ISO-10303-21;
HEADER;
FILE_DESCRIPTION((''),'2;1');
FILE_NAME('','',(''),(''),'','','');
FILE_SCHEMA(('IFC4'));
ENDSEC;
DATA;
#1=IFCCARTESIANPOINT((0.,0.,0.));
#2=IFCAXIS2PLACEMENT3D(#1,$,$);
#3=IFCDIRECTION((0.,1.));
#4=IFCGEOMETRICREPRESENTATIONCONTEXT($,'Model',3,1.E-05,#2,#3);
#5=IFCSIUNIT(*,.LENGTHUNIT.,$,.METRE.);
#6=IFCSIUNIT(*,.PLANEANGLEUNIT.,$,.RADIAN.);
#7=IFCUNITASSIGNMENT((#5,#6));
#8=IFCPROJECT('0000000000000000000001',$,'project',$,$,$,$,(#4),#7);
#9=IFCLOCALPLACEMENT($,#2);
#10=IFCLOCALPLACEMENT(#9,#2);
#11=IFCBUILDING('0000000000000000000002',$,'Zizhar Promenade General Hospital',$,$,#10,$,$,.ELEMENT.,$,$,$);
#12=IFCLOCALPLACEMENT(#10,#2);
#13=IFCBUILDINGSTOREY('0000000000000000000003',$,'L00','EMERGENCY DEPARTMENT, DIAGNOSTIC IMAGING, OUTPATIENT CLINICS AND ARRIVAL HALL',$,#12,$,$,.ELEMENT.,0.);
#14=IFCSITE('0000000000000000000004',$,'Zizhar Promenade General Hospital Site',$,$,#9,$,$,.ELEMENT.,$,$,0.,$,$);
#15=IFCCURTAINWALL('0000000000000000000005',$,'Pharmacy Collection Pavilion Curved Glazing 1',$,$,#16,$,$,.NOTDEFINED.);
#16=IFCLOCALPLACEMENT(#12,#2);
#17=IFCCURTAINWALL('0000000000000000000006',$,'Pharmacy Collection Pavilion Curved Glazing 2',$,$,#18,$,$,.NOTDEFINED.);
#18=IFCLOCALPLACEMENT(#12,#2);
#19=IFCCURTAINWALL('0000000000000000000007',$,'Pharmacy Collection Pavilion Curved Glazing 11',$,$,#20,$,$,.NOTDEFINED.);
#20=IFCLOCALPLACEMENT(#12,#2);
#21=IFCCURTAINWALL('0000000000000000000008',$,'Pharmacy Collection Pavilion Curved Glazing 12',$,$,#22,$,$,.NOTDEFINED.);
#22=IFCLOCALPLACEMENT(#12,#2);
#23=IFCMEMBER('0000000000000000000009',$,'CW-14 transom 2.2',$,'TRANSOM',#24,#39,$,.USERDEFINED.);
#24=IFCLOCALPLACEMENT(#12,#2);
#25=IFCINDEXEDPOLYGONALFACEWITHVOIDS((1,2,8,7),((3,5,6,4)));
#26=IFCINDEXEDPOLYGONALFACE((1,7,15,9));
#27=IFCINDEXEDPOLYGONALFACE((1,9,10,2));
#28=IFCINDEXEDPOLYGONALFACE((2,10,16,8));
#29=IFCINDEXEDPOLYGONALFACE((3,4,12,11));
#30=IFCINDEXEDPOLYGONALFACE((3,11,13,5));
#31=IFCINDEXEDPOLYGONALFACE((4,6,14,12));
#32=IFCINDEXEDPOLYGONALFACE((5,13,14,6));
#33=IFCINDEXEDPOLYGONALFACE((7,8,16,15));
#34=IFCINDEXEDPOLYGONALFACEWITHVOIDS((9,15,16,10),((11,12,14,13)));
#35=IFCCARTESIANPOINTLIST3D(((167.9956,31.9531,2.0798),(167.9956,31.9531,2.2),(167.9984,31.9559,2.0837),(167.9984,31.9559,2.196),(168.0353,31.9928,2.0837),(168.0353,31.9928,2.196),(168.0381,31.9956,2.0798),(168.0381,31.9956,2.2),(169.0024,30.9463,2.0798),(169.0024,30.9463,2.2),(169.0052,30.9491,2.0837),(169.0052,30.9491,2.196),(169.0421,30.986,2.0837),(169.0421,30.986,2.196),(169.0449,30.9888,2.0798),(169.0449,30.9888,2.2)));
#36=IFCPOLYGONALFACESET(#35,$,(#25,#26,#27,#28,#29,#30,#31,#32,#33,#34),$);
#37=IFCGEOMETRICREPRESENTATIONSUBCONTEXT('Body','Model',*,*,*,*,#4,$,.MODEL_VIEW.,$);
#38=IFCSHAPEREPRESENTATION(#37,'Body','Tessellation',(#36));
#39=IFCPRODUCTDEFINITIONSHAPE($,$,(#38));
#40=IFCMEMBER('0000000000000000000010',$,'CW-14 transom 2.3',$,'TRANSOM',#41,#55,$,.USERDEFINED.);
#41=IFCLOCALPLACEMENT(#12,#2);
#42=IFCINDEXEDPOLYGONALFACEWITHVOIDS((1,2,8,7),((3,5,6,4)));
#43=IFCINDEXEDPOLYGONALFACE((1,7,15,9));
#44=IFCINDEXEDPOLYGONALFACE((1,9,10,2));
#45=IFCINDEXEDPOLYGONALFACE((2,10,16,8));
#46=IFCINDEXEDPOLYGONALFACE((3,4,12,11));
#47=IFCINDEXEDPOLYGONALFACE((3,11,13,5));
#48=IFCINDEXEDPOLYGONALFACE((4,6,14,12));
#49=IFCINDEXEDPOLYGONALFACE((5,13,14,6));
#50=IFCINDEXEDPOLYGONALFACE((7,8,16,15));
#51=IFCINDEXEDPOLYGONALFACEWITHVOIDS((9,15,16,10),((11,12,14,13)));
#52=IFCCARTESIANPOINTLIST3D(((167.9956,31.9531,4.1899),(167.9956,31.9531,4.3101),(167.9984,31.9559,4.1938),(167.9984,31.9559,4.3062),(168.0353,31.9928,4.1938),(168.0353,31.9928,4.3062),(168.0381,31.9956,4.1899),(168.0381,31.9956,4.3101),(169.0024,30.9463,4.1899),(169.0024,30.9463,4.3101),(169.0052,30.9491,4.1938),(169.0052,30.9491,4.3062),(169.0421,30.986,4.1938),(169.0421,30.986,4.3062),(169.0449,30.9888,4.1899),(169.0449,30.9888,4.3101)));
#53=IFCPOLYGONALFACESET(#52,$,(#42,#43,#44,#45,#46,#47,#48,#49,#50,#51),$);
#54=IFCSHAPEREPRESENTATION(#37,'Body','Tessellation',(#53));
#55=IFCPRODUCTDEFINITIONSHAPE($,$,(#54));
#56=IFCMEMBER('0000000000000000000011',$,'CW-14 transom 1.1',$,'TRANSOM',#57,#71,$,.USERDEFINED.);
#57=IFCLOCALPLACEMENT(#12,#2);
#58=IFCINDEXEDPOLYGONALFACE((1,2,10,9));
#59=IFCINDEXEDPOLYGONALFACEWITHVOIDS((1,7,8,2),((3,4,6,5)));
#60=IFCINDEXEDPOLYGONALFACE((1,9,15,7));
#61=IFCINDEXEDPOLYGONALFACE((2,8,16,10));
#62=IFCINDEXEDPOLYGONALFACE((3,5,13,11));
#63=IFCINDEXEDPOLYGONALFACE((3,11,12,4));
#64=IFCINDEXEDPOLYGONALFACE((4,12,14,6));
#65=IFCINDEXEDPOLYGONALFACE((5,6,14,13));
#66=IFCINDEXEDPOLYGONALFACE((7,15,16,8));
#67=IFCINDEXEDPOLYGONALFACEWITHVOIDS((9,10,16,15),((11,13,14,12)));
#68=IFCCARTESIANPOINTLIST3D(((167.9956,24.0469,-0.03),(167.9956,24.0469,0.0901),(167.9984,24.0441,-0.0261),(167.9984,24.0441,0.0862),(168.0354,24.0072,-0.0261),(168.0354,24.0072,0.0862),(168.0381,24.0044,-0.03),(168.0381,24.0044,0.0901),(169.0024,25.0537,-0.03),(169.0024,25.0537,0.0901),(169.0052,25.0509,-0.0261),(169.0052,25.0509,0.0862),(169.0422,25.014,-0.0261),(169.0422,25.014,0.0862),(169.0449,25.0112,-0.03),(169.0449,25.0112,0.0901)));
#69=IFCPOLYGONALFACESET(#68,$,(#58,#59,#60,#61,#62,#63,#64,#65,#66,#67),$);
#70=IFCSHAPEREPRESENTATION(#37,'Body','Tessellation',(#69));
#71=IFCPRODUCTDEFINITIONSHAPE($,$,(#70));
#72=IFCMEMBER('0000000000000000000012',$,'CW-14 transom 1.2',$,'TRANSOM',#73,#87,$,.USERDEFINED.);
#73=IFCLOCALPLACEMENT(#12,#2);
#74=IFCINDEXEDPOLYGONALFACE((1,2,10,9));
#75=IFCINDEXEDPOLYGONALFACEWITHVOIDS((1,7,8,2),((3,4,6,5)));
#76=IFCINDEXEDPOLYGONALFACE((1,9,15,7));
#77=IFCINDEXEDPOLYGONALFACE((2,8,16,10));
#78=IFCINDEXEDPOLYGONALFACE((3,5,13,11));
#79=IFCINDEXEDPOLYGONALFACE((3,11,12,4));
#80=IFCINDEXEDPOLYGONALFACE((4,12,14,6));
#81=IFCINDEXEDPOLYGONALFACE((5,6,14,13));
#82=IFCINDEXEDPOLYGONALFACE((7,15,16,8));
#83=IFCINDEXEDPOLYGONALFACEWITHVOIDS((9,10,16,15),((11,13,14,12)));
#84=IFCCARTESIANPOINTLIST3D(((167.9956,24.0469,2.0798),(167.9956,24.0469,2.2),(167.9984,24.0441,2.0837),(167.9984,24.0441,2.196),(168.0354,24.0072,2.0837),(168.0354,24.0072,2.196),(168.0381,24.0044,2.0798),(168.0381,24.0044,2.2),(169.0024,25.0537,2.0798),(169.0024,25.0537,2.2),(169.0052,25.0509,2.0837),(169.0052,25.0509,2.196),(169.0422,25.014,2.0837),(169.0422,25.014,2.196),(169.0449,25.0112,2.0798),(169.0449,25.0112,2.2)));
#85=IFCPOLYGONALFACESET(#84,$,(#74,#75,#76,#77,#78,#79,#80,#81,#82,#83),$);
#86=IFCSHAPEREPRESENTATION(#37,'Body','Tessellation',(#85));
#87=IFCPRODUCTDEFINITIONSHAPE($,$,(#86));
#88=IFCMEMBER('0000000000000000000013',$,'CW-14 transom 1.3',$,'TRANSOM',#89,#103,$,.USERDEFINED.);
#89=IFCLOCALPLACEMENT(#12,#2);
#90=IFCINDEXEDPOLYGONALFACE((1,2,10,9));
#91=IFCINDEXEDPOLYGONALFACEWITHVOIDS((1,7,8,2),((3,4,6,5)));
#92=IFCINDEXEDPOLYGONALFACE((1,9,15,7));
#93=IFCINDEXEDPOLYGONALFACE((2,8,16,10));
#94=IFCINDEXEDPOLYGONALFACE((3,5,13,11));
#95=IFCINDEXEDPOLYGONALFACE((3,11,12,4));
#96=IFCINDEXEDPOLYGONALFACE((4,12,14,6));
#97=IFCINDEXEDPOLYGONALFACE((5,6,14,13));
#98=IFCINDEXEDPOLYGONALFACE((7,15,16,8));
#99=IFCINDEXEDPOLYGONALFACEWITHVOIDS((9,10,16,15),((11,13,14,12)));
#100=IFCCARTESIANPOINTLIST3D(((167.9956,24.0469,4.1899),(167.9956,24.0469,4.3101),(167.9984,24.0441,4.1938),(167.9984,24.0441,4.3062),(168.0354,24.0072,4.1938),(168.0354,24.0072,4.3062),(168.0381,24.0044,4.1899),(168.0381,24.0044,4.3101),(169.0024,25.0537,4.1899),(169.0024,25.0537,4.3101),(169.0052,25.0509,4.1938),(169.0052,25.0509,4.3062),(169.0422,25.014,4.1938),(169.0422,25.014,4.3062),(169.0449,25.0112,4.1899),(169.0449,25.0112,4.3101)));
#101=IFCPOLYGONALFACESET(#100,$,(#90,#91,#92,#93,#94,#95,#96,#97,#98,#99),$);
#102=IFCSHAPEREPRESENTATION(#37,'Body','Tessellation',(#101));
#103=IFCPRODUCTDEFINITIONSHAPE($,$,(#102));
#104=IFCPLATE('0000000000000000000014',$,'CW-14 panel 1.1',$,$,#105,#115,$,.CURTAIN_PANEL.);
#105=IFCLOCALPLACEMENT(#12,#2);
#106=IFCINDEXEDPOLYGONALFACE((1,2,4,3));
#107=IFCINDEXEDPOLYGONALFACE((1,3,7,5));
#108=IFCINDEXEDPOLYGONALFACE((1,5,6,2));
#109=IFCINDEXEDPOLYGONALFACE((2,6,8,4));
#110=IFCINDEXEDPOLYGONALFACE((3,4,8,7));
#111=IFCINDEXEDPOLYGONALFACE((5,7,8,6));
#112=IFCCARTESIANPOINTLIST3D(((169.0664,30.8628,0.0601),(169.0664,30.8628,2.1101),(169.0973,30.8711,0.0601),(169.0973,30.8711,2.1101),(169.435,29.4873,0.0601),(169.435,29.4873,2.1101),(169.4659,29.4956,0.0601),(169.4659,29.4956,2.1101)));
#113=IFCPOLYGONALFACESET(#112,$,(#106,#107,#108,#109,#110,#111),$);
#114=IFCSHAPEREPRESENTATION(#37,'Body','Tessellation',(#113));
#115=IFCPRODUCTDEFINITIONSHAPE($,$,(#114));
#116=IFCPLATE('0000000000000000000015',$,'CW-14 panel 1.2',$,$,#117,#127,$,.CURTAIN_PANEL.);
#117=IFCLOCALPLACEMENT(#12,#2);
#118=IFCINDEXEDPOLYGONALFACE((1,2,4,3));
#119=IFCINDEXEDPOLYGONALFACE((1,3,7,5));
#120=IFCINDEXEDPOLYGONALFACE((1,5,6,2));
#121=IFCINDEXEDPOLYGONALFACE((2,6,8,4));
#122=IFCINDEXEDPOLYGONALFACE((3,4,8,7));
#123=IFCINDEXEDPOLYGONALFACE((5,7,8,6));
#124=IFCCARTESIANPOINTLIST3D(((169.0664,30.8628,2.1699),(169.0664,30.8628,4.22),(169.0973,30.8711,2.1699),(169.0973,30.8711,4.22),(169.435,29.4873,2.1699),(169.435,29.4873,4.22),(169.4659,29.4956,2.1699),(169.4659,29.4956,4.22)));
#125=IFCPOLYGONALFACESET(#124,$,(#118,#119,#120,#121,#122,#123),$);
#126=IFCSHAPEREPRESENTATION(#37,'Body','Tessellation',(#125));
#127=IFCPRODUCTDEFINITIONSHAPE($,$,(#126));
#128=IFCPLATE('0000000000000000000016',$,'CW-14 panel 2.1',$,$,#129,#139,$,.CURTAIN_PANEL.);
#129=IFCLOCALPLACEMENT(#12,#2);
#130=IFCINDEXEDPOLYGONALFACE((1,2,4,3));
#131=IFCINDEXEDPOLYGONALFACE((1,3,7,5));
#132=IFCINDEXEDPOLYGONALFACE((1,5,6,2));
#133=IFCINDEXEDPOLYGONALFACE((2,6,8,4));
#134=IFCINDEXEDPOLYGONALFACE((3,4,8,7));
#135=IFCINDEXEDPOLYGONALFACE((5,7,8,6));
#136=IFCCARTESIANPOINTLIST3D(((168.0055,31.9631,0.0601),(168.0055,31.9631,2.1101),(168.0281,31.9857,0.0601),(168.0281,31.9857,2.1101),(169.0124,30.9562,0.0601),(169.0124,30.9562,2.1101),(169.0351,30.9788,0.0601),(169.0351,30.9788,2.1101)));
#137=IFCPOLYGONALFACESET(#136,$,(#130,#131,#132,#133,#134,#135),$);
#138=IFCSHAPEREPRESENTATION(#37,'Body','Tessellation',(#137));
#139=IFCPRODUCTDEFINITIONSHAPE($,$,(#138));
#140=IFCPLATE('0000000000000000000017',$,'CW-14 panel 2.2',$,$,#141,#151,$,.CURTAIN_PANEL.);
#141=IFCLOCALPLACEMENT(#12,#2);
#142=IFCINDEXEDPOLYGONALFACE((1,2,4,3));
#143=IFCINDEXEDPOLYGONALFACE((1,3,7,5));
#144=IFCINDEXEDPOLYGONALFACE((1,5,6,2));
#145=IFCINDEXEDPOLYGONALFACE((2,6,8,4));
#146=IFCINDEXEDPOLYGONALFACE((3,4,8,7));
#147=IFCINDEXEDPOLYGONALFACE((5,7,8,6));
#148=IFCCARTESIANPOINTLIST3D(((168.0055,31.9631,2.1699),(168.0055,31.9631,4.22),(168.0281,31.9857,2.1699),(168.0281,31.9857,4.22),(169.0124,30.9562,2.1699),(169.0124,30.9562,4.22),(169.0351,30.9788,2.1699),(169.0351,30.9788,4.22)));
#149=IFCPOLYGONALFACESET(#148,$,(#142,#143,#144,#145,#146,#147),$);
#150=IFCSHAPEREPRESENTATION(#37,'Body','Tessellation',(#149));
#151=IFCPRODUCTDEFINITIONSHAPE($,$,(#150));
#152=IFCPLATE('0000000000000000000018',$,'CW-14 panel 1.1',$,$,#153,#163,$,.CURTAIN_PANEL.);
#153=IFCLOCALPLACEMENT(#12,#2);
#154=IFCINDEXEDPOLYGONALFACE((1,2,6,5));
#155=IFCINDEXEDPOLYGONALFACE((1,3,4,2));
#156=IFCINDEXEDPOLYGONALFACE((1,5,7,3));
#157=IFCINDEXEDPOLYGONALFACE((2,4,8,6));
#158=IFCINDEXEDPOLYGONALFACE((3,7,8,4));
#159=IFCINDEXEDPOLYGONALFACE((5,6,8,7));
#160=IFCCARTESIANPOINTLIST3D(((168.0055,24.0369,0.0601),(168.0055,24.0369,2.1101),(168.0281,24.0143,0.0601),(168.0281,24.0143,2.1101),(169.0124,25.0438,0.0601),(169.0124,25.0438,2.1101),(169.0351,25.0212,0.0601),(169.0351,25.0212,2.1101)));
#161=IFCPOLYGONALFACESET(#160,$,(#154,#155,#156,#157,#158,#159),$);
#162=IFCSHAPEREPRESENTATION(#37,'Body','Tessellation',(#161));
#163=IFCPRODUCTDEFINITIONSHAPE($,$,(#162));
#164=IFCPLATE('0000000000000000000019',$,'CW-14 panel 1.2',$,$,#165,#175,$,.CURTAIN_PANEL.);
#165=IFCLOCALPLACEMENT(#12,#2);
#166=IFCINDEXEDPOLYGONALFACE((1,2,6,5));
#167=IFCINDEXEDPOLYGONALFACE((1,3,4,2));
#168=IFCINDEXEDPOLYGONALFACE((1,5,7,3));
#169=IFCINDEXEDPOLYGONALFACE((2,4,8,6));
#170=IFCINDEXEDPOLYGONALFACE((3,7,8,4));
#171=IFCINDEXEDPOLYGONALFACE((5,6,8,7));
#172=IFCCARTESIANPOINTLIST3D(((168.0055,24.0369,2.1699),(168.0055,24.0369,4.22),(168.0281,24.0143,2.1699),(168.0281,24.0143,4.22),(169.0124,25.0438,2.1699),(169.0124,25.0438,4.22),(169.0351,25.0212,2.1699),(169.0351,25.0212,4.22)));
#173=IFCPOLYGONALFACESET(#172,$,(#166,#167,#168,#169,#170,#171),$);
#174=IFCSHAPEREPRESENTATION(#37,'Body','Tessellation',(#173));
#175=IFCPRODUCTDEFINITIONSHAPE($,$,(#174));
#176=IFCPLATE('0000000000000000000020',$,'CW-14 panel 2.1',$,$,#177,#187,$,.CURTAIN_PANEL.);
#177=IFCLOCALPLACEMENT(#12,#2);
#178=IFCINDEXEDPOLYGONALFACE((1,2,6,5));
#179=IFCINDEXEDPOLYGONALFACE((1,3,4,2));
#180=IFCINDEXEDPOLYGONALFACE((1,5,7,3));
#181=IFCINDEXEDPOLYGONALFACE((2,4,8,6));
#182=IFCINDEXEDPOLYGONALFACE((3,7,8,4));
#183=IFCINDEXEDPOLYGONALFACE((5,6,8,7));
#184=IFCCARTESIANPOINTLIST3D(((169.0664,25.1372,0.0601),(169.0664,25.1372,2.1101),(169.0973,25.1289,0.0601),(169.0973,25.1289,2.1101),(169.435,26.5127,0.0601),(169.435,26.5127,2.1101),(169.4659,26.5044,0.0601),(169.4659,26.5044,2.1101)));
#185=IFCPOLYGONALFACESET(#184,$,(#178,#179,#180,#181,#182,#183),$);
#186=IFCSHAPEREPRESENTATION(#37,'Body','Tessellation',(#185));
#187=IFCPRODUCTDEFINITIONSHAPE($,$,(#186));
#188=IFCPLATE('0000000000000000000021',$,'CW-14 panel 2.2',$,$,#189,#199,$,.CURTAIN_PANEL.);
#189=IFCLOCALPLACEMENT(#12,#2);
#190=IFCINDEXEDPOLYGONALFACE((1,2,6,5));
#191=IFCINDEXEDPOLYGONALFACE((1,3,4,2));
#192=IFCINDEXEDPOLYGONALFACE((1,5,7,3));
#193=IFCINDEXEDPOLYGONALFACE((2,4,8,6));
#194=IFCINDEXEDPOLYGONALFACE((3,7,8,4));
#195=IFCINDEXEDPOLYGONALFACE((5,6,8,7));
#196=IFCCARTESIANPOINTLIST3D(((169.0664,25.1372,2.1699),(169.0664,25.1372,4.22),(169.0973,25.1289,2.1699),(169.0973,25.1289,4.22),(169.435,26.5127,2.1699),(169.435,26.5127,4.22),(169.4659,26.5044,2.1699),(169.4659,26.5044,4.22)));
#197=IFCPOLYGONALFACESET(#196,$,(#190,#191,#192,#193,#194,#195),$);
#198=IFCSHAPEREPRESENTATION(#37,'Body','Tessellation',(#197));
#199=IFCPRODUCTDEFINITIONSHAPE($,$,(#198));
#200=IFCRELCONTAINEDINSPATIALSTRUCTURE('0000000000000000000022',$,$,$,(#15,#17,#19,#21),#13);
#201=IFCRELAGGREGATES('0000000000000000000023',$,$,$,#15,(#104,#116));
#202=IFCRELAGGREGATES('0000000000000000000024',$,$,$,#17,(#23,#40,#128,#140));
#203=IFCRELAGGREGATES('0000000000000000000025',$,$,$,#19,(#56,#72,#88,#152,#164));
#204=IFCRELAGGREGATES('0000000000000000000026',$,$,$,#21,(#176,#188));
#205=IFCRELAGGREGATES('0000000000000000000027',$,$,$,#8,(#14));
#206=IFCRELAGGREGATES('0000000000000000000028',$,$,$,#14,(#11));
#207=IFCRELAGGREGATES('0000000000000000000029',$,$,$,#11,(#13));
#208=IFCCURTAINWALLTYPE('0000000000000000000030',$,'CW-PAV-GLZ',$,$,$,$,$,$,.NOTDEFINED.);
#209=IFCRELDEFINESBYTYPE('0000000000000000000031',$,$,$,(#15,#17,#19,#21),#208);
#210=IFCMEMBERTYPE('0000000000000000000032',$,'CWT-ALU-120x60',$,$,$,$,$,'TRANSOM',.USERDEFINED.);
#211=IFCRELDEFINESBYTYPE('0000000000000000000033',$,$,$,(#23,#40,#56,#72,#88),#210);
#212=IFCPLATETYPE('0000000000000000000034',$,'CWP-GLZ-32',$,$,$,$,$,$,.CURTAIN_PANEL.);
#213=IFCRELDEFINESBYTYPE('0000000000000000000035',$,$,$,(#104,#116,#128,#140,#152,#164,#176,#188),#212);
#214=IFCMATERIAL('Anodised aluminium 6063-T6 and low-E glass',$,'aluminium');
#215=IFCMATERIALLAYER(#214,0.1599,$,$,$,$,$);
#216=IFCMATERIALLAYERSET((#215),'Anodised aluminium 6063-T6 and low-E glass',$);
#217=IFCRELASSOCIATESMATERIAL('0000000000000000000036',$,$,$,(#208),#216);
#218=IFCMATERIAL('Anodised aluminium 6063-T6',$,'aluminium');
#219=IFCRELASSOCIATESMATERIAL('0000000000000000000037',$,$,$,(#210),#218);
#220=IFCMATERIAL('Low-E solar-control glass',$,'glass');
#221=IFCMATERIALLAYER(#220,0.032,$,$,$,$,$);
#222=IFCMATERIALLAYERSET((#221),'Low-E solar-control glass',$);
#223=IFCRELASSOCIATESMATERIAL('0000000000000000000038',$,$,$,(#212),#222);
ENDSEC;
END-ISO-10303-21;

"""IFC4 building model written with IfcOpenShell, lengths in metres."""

from ifc_helpers import new_model, si_unit, direction, frame, origin, origin_2d, place, context, subcontext, project, spatial, rectangle, hollow_rectangle, extrude, material, layer, layer_set, material_profile, profile_set, type_object, element, aggregate, save


model = new_model("IFC4")

# Units and contexts
model_context = context("Model", 3, precision=1e-05, world=origin(), true_north=direction((0.0, 1.0)))
body_context = subcontext(model_context, "Body", "Model", "MODEL_VIEW")
ifc_project = project(units=[si_unit("LENGTHUNIT", "METRE"), si_unit("PLANEANGLEUNIT", "RADIAN")], contexts=[model_context])

# Site, building, storey
site_placement = place(None, origin())
site = spatial("IfcSite", under=ifc_project, at=site_placement, Name="Zizhar Promenade General Hospital Site", CompositionType="ELEMENT", RefElevation=0.0)
building_placement = place(site_placement, origin())
building = spatial("IfcBuilding", under=site, at=building_placement, Name="Zizhar Promenade General Hospital", CompositionType="ELEMENT")
storey_placement = place(building_placement, origin())
storey = spatial("IfcBuildingStorey", under=building, at=storey_placement, Name="L00", Description="EMERGENCY DEPARTMENT, DIAGNOSTIC IMAGING, OUTPATIENT CLINICS AND ARRIVAL HALL", CompositionType="ELEMENT", Elevation=0.0)

# Curtain wall
ifc_material_1 = material(Name="Anodised aluminium 6063-T6 and low-E glass", Category="aluminium")
ifc_layer_1 = layer(ifc_material_1, 0.1599)
ifc_layer_set_1 = layer_set([ifc_layer_1], Name="Anodised aluminium 6063-T6 and low-E glass")
curtain_wall_type = type_object("IfcCurtainWallType", Name="CW-PAV-GLZ", PredefinedType="NOTDEFINED", material=ifc_layer_set_1)
curtain_wall_1_placement = place(storey_placement, origin())
curtain_wall_1 = element("IfcCurtainWall", 1, at=curtain_wall_1_placement, inside=storey, type_object=curtain_wall_type, Name="Pharmacy Collection Pavilion Curved Glazing 1", PredefinedType="NOTDEFINED")

# Curtain walls
curtain_wall_2_placement = place(storey_placement, origin())
curtain_wall_2 = element("IfcCurtainWall", 2, at=curtain_wall_2_placement, inside=storey, type_object=curtain_wall_type, Name="Pharmacy Collection Pavilion Curved Glazing 2", PredefinedType="NOTDEFINED")
curtain_wall_3_placement = place(storey_placement, origin())
curtain_wall_3 = element("IfcCurtainWall", 3, at=curtain_wall_3_placement, inside=storey, type_object=curtain_wall_type, Name="Pharmacy Collection Pavilion Curved Glazing 11", PredefinedType="NOTDEFINED")

# Curtain wall
curtain_wall_4_placement = place(storey_placement, origin())
curtain_wall_4 = element("IfcCurtainWall", 4, at=curtain_wall_4_placement, inside=storey, type_object=curtain_wall_type, Name="Pharmacy Collection Pavilion Curved Glazing 12", PredefinedType="NOTDEFINED")

# Members
ifc_material_2 = material(Name="Anodised aluminium 6063-T6", Category="aluminium")
ifc_material_profile_1 = material_profile(ifc_material_2, hollow_rectangle(XDim=0.0601, YDim=0.1201, WallThickness=0.0039, at=origin_2d()))
ifc_profile_set_1 = profile_set([ifc_material_profile_1], Name="Anodised aluminium 6063-T6")
member_type_1 = type_object("IfcMemberType", Name="CWT-ALU-120x60", ElementType="TRANSOM", PredefinedType="USERDEFINED", material=ifc_profile_set_1)
member_1_placement = place(storey_placement, frame((168.0168, 31.9744, 2.1399), z_axis=(0.707107, -0.707107, 0.0), x_axis=(0.707107, 0.707107, 0.0)))
member_1 = element("IfcMember", 5, at=member_1_placement, type_object=member_type_1, Name="CW-14 transom 2.2", ObjectType="TRANSOM", PredefinedType="USERDEFINED", context=body_context, shape_type="SweptSolid", body=[
    extrude(hollow_rectangle(XDim=0.0601, YDim=0.1201, WallThickness=0.0039, at=origin_2d()), origin(), (0.0, 0.0, 1.0), 1.4238),
])
member_2_placement = place(storey_placement, frame((168.0168, 31.9744, 4.25), z_axis=(0.707107, -0.707107, 0.0), x_axis=(0.707107, 0.707107, 0.0)))
member_2 = element("IfcMember", 6, at=member_2_placement, type_object=member_type_1, Name="CW-14 transom 2.3", ObjectType="TRANSOM", PredefinedType="USERDEFINED", context=body_context, shape_type="SweptSolid", body=[
    extrude(hollow_rectangle(XDim=0.0601, YDim=0.1201, WallThickness=0.0039, at=origin_2d()), origin(), (0.0, 0.0, 1.0), 1.4238),
])
member_3_placement = place(storey_placement, frame((169.0237, 25.0325, 0.03), z_axis=(-0.707107, -0.707107, 0.0), x_axis=(0.707107, -0.707107, 0.0)))
member_3 = element("IfcMember", 7, at=member_3_placement, type_object=member_type_1, Name="CW-14 transom 1.1", ObjectType="TRANSOM", PredefinedType="USERDEFINED", context=body_context, shape_type="SweptSolid", body=[
    extrude(hollow_rectangle(XDim=0.0601, YDim=0.1201, WallThickness=0.0039, at=origin_2d()), origin(), (0.0, 0.0, 1.0), 1.4238),
])
member_4_placement = place(storey_placement, frame((169.0237, 25.0325, 2.1399), z_axis=(-0.707107, -0.707107, 0.0), x_axis=(0.707107, -0.707107, 0.0)))
member_4 = element("IfcMember", 8, at=member_4_placement, type_object=member_type_1, Name="CW-14 transom 1.2", ObjectType="TRANSOM", PredefinedType="USERDEFINED", context=body_context, shape_type="SweptSolid", body=[
    extrude(hollow_rectangle(XDim=0.0601, YDim=0.1201, WallThickness=0.0039, at=origin_2d()), origin(), (0.0, 0.0, 1.0), 1.4238),
])
member_5_placement = place(storey_placement, frame((169.0237, 25.0325, 4.25), z_axis=(-0.707107, -0.707107, 0.0), x_axis=(0.707107, -0.707107, 0.0)))
member_5 = element("IfcMember", 9, at=member_5_placement, type_object=member_type_1, Name="CW-14 transom 1.3", ObjectType="TRANSOM", PredefinedType="USERDEFINED", context=body_context, shape_type="SweptSolid", body=[
    extrude(hollow_rectangle(XDim=0.0601, YDim=0.1201, WallThickness=0.0039, at=origin_2d()), origin(), (0.0, 0.0, 1.0), 1.4238),
])

# Plates
ifc_material_3 = material(Name="Low-E solar-control glass", Category="glass")
ifc_layer_2 = layer(ifc_material_3, 0.032)
ifc_layer_set_2 = layer_set([ifc_layer_2], Name="Low-E solar-control glass")
plate_type = type_object("IfcPlateType", Name="CWP-GLZ-32", PredefinedType="CURTAIN_PANEL", material=ifc_layer_set_2)
plate_1_placement = place(storey_placement, frame((169.2661, 30.1792, 0.0601), z_axis=(0.0, 0.0, 1.0), x_axis=(0.258834, -0.965922, 0.0)))
plate_1 = element("IfcPlate", 10, at=plate_1_placement, type_object=plate_type, Name="CW-14 panel 1.1", PredefinedType="CURTAIN_PANEL", context=body_context, shape_type="SweptSolid", body=[
    extrude(rectangle(XDim=1.4241, YDim=0.032, at=origin_2d()), origin(), (0.0, 0.0, 1.0), 2.05),
])
plate_2_placement = place(storey_placement, frame((169.2661, 30.1792, 2.1699), z_axis=(0.0, 0.0, 1.0), x_axis=(0.258834, -0.965922, 0.0)))
plate_2 = element("IfcPlate", 11, at=plate_2_placement, type_object=plate_type, Name="CW-14 panel 1.2", PredefinedType="CURTAIN_PANEL", context=body_context, shape_type="SweptSolid", body=[
    extrude(rectangle(XDim=1.4241, YDim=0.032, at=origin_2d()), origin(), (0.0, 0.0, 1.0), 2.05),
])
aggregate(curtain_wall_1, [plate_1, plate_2])
plate_3_placement = place(storey_placement, frame((168.5203, 31.4709, 0.0601), z_axis=(0.0, 0.0, 1.0), x_axis=(0.707107, -0.707107, 0.0)))
plate_3 = element("IfcPlate", 12, at=plate_3_placement, type_object=plate_type, Name="CW-14 panel 2.1", PredefinedType="CURTAIN_PANEL", context=body_context, shape_type="SweptSolid", body=[
    extrude(rectangle(XDim=1.4241, YDim=0.032, at=origin_2d()), origin(), (0.0, 0.0, 1.0), 2.05),
])
plate_4_placement = place(storey_placement, frame((168.5203, 31.4709, 2.1699), z_axis=(0.0, 0.0, 1.0), x_axis=(0.707107, -0.707107, 0.0)))
plate_4 = element("IfcPlate", 13, at=plate_4_placement, type_object=plate_type, Name="CW-14 panel 2.2", PredefinedType="CURTAIN_PANEL", context=body_context, shape_type="SweptSolid", body=[
    extrude(rectangle(XDim=1.4241, YDim=0.032, at=origin_2d()), origin(), (0.0, 0.0, 1.0), 2.05),
])
aggregate(curtain_wall_2, [member_1, member_2, plate_3, plate_4])
plate_5_placement = place(storey_placement, frame((168.5203, 24.5291, 0.0601), z_axis=(0.0, 0.0, 1.0), x_axis=(-0.707107, -0.707107, 0.0)))
plate_5 = element("IfcPlate", 14, at=plate_5_placement, type_object=plate_type, Name="CW-14 panel 1.1", PredefinedType="CURTAIN_PANEL", context=body_context, shape_type="SweptSolid", body=[
    extrude(rectangle(XDim=1.4241, YDim=0.032, at=origin_2d()), origin(), (0.0, 0.0, 1.0), 2.05),
])
plate_6_placement = place(storey_placement, frame((168.5203, 24.5291, 2.1699), z_axis=(0.0, 0.0, 1.0), x_axis=(-0.707107, -0.707107, 0.0)))
plate_6 = element("IfcPlate", 15, at=plate_6_placement, type_object=plate_type, Name="CW-14 panel 1.2", PredefinedType="CURTAIN_PANEL", context=body_context, shape_type="SweptSolid", body=[
    extrude(rectangle(XDim=1.4241, YDim=0.032, at=origin_2d()), origin(), (0.0, 0.0, 1.0), 2.05),
])
aggregate(curtain_wall_3, [member_3, member_4, member_5, plate_5, plate_6])
plate_7_placement = place(storey_placement, frame((169.2661, 25.8208, 0.0601), z_axis=(0.0, 0.0, 1.0), x_axis=(-0.258834, -0.965922, 0.0)))
plate_7 = element("IfcPlate", 16, at=plate_7_placement, type_object=plate_type, Name="CW-14 panel 2.1", PredefinedType="CURTAIN_PANEL", context=body_context, shape_type="SweptSolid", body=[
    extrude(rectangle(XDim=1.4241, YDim=0.032, at=origin_2d()), origin(), (0.0, 0.0, 1.0), 2.05),
])
plate_8_placement = place(storey_placement, frame((169.2661, 25.8208, 2.1699), z_axis=(0.0, 0.0, 1.0), x_axis=(-0.258834, -0.965922, 0.0)))
plate_8 = element("IfcPlate", 17, at=plate_8_placement, type_object=plate_type, Name="CW-14 panel 2.2", PredefinedType="CURTAIN_PANEL", context=body_context, shape_type="SweptSolid", body=[
    extrude(rectangle(XDim=1.4241, YDim=0.032, at=origin_2d()), origin(), (0.0, 0.0, 1.0), 2.05),
])
aggregate(curtain_wall_4, [plate_7, plate_8])

save(model, "model.ifc")
